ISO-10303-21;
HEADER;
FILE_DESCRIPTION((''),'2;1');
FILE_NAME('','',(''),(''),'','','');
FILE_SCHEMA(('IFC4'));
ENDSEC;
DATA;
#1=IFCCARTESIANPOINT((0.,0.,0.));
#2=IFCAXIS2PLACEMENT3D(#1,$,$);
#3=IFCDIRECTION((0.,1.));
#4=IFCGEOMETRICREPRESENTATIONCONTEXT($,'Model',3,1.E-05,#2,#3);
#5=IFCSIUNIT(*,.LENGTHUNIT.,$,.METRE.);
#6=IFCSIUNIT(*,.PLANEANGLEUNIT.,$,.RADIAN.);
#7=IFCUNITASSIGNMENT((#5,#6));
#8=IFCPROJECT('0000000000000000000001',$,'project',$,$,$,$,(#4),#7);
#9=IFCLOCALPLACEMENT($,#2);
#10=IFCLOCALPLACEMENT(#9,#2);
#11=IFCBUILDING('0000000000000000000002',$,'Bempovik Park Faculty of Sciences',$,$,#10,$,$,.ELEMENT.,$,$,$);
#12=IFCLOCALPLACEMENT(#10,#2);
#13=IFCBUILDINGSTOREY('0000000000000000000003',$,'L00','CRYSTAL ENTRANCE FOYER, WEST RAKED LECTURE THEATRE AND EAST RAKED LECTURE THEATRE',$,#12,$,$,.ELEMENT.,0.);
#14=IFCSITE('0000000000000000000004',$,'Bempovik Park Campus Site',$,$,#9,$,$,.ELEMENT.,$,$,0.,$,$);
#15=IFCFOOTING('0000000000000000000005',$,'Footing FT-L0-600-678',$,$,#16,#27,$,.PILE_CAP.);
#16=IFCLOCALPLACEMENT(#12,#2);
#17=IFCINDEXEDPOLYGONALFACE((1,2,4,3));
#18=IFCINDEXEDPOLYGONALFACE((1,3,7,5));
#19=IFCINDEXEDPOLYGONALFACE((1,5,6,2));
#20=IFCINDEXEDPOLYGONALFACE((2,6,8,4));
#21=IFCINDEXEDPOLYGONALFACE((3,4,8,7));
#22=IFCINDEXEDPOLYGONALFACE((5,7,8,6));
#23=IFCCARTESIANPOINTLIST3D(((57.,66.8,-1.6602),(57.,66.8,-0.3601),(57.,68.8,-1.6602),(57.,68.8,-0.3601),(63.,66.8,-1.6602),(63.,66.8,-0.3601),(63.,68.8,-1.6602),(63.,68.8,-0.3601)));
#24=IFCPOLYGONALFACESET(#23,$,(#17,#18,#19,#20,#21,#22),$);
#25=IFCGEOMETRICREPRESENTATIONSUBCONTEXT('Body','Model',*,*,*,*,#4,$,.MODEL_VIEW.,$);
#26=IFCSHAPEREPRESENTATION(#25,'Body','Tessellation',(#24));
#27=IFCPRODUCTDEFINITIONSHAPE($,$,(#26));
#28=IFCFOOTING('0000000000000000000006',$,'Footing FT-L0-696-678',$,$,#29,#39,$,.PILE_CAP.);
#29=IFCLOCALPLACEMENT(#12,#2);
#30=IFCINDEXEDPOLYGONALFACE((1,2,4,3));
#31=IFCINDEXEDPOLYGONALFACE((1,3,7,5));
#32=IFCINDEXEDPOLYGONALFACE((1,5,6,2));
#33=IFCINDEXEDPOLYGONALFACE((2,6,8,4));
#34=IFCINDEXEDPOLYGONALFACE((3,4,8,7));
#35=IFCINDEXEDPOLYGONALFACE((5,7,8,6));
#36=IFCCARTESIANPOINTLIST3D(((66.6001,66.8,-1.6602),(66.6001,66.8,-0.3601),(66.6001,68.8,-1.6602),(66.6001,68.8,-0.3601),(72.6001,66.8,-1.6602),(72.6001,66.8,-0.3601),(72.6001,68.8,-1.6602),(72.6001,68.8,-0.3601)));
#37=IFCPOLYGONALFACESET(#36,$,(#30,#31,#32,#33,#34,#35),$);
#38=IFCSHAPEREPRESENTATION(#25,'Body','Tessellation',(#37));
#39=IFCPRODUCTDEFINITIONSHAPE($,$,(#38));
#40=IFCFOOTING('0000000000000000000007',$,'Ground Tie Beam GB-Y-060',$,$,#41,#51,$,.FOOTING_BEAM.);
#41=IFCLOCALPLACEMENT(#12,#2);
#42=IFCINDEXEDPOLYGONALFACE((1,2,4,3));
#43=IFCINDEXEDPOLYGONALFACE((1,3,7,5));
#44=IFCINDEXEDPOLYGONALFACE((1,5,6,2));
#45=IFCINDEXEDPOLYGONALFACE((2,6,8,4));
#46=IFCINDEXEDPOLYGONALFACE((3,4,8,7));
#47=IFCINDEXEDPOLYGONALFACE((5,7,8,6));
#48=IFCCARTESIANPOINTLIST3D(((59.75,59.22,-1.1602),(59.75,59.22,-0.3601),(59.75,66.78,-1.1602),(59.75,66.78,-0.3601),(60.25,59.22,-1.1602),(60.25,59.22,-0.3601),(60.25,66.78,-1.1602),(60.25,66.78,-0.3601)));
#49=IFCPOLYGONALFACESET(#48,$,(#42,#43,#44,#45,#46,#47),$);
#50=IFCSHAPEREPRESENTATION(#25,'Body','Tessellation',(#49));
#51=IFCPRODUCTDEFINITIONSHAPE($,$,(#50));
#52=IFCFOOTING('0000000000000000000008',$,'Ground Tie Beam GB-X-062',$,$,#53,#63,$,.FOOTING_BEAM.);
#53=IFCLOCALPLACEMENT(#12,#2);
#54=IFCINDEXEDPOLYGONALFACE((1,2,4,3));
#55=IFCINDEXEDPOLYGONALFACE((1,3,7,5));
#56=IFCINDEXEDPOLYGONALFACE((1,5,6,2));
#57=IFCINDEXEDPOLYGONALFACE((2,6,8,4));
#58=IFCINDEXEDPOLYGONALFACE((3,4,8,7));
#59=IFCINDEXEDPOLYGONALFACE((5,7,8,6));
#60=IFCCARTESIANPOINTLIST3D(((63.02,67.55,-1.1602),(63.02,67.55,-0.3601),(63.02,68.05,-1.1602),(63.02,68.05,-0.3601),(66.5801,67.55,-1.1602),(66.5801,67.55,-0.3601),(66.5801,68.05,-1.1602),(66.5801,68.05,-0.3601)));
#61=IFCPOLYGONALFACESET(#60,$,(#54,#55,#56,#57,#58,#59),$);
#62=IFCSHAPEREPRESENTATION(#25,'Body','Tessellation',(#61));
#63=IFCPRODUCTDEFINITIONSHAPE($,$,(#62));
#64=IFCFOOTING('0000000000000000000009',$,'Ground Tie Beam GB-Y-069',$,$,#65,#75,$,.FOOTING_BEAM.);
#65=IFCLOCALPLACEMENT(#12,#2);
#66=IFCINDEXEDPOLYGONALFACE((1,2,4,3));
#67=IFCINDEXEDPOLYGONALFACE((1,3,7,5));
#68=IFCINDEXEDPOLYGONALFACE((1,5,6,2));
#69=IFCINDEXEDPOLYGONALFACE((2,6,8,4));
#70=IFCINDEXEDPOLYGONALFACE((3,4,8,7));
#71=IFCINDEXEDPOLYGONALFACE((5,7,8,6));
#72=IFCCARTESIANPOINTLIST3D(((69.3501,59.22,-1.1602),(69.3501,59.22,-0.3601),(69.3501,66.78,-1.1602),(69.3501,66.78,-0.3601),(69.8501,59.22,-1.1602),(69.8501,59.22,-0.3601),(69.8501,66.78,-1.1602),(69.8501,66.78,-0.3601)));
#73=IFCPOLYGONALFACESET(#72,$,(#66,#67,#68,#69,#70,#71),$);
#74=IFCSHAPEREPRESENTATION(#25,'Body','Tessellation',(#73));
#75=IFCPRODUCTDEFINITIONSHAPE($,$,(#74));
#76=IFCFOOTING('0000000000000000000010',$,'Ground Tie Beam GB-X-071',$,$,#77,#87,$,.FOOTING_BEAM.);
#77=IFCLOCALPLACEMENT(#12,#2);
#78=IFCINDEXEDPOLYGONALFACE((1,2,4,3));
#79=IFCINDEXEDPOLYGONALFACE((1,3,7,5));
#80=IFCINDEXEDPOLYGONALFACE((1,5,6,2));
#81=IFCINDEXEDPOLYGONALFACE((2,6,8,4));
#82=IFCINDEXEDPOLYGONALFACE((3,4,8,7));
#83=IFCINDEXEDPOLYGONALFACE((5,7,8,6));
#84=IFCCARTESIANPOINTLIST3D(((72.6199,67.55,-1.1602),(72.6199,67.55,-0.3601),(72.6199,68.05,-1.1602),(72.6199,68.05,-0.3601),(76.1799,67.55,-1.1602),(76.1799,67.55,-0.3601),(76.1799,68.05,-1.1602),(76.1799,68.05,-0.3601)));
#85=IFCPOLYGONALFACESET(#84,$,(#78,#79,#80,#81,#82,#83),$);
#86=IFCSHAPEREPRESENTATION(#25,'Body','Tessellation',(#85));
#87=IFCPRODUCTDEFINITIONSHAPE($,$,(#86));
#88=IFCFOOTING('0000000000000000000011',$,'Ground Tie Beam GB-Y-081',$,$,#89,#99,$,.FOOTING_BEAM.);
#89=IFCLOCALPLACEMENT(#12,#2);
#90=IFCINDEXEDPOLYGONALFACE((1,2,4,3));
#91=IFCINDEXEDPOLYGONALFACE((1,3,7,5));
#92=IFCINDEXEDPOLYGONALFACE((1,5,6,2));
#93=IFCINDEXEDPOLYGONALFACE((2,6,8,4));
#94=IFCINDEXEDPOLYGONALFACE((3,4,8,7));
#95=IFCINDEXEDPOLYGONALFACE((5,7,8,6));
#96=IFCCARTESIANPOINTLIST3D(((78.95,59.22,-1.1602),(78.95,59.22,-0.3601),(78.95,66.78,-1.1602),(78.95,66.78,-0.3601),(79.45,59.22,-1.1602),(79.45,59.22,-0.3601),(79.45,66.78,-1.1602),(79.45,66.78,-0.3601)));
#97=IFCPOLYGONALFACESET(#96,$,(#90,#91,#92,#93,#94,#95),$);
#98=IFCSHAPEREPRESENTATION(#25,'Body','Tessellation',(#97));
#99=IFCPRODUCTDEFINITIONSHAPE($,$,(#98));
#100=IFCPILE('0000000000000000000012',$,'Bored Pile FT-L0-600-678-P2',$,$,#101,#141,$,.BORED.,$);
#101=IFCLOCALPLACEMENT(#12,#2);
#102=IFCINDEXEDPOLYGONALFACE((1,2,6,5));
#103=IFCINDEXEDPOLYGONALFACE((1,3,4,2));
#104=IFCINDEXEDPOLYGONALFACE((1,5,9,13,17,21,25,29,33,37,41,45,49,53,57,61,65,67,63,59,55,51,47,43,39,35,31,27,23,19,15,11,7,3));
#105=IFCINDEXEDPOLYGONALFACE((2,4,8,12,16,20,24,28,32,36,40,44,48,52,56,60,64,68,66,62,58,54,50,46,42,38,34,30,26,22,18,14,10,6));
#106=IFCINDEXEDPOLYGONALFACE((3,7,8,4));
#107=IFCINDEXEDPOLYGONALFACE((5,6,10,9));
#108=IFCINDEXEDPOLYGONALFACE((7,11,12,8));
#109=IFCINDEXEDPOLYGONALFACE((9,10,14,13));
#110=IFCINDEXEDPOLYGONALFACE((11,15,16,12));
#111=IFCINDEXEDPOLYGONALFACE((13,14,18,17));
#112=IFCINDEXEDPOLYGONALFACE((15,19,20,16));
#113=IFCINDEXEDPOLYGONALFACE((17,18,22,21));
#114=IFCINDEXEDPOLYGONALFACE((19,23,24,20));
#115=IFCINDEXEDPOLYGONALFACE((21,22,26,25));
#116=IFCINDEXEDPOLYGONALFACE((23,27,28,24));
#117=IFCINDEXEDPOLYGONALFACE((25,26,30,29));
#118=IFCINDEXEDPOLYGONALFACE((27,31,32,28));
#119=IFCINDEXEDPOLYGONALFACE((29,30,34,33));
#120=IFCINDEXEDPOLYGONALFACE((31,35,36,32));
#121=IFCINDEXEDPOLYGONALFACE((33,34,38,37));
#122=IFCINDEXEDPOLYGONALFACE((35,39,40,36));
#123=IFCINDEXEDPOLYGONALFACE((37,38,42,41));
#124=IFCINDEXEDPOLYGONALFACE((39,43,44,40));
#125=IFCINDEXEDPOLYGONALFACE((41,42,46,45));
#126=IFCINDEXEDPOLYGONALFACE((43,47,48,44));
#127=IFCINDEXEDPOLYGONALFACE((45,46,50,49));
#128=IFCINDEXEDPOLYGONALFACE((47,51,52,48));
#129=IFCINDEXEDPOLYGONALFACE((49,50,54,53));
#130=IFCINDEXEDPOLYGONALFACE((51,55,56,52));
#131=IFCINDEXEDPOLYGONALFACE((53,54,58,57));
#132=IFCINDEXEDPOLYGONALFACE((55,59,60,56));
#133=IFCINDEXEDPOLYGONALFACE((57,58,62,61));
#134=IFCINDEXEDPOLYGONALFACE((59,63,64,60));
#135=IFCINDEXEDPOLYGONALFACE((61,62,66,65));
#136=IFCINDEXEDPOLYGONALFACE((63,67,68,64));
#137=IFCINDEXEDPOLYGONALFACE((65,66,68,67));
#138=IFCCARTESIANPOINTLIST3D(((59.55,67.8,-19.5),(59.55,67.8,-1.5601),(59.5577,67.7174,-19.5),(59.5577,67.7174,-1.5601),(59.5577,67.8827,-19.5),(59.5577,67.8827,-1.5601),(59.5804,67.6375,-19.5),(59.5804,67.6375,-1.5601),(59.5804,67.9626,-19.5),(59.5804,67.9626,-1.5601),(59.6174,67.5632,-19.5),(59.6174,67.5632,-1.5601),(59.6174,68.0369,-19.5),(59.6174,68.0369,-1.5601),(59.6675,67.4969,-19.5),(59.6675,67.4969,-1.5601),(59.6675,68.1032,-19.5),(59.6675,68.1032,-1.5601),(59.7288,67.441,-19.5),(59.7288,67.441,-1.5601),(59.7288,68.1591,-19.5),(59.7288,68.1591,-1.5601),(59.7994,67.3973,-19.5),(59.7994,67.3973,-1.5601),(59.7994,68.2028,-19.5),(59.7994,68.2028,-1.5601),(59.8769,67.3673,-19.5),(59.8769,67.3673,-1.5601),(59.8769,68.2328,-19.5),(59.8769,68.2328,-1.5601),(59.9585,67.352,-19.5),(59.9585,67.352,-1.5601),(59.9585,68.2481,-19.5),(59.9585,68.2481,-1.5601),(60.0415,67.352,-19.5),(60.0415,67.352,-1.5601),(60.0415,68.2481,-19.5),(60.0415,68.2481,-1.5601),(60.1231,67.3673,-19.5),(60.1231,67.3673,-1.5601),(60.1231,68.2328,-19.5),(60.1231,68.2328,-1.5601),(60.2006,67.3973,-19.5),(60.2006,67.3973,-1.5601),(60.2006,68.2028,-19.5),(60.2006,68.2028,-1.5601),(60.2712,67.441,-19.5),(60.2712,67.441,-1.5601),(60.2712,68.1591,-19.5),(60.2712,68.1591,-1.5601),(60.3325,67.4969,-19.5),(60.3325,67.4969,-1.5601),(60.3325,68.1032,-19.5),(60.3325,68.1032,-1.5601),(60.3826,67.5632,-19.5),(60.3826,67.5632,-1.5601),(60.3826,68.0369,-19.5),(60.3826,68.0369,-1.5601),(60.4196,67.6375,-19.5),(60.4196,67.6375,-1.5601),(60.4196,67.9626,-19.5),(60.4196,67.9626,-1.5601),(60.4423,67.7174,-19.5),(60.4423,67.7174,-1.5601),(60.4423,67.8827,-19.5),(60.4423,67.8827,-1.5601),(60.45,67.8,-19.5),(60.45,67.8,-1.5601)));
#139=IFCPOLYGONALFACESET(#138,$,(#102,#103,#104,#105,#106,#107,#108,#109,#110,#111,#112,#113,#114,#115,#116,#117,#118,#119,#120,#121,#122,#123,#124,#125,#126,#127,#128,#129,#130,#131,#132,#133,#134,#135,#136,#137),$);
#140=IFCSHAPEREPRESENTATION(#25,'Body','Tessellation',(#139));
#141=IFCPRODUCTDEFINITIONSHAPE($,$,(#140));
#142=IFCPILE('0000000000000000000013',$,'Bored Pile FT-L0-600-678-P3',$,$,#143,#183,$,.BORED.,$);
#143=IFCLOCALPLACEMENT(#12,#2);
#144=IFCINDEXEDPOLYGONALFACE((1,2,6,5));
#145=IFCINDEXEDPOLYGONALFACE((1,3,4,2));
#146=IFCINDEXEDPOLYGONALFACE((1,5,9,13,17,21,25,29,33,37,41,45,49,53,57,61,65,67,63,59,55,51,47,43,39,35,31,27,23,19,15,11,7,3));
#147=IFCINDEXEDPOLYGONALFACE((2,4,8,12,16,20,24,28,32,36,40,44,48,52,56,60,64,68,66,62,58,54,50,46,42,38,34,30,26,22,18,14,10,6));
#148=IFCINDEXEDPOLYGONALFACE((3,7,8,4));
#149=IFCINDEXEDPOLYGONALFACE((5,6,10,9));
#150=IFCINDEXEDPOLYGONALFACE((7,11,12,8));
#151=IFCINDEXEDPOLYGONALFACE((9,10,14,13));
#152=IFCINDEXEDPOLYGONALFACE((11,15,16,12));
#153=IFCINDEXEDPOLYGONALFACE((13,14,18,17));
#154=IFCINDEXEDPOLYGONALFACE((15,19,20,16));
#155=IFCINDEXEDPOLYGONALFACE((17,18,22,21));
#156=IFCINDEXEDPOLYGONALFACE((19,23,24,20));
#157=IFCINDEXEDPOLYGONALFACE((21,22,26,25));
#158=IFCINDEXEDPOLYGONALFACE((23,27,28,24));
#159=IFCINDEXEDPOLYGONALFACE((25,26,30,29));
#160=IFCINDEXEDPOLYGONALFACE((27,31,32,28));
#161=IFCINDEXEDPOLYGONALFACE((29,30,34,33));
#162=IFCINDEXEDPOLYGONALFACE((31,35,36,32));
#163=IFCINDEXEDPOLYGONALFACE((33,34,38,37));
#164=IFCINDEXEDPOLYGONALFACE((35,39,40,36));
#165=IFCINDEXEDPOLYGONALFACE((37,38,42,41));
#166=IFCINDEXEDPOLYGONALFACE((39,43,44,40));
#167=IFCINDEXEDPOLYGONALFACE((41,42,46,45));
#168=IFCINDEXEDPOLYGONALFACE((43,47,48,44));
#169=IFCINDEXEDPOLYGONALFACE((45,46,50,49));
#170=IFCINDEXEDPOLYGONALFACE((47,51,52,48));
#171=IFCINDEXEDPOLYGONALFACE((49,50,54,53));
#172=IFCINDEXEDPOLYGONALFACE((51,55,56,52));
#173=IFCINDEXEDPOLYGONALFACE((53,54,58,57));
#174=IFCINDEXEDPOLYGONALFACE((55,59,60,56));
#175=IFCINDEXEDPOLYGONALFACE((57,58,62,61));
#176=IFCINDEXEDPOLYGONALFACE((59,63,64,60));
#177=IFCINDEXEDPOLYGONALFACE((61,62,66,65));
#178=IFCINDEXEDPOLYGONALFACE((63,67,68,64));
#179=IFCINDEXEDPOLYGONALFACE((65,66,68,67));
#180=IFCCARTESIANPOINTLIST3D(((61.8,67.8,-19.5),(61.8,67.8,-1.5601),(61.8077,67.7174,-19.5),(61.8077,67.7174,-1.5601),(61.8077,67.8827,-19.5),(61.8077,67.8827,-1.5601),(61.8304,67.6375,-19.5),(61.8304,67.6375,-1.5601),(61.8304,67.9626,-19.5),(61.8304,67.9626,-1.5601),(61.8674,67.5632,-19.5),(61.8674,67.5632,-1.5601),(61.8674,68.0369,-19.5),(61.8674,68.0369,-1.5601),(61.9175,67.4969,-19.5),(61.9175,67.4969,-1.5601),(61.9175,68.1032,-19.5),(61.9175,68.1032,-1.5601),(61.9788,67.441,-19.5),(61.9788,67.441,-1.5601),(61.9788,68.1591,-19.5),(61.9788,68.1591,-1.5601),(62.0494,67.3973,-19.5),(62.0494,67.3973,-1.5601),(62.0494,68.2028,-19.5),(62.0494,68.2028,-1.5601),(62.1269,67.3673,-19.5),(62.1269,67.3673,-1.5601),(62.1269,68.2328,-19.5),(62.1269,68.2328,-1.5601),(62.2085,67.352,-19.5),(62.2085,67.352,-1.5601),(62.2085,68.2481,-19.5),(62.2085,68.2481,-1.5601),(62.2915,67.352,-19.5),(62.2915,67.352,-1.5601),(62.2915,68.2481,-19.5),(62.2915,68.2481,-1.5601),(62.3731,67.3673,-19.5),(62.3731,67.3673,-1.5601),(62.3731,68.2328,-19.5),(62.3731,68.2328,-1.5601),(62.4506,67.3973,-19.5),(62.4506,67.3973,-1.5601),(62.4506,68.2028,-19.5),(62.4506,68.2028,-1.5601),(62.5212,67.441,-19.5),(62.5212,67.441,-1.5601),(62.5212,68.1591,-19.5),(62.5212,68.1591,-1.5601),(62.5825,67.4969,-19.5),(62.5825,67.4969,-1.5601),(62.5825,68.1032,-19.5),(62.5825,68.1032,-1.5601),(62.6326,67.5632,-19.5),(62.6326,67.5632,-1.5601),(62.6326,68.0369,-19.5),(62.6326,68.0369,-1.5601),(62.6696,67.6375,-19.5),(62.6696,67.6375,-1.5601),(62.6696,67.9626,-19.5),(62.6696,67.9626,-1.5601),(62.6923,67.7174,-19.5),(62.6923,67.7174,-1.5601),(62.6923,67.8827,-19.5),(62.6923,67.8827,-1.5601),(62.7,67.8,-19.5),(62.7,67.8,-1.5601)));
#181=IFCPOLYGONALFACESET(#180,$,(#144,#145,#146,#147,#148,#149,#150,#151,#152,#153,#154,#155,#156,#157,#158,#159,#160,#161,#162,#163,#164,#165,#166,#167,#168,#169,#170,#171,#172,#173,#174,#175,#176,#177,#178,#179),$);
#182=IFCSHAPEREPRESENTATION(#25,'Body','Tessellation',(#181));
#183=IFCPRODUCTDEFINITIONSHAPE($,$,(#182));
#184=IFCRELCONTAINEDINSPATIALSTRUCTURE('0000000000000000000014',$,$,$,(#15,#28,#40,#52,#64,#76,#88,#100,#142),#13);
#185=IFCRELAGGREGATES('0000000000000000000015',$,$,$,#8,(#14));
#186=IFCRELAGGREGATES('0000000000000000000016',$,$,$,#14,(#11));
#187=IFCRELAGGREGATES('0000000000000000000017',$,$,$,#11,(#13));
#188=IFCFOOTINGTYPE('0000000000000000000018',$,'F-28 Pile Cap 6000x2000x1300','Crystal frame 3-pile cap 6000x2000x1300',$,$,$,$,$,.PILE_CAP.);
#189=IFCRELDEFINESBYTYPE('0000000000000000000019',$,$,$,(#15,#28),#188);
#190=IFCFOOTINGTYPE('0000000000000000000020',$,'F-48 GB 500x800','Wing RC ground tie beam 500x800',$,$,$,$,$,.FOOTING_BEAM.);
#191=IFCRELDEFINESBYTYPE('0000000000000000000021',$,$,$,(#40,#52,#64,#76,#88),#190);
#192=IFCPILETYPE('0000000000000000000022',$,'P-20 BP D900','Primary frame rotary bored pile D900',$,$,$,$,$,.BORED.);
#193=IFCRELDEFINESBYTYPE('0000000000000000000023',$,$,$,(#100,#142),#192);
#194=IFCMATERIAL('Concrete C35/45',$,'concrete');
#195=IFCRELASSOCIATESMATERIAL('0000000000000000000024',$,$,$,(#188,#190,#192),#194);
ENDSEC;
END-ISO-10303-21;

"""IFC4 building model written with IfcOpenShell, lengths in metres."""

from ifc_helpers import new_model, si_unit, direction, frame, origin, origin_2d, place, context, subcontext, project, spatial, rectangle, circle, extrude, material, material_profile, profile_set, type_object, element, save


model = new_model("IFC4")

# Units and contexts
model_context = context("Model", 3, precision=1e-05, world=origin(), true_north=direction((0.0, 1.0)))
body_context = subcontext(model_context, "Body", "Model", "MODEL_VIEW")
ifc_project = project(units=[si_unit("LENGTHUNIT", "METRE"), si_unit("PLANEANGLEUNIT", "RADIAN")], contexts=[model_context])

# Site, building, storey
site_placement = place(None, origin())
site = spatial("IfcSite", under=ifc_project, at=site_placement, Name="Bempovik Park Campus Site", CompositionType="ELEMENT", RefElevation=0.0)
building_placement = place(site_placement, origin())
building = spatial("IfcBuilding", under=site, at=building_placement, Name="Bempovik Park Faculty of Sciences", CompositionType="ELEMENT")
storey_placement = place(building_placement, origin())
storey = spatial("IfcBuildingStorey", under=building, at=storey_placement, Name="L00", Description="CRYSTAL ENTRANCE FOYER, WEST RAKED LECTURE THEATRE AND EAST RAKED LECTURE THEATRE", CompositionType="ELEMENT", Elevation=0.0)

# Footings
ifc_material_1 = material(Name="Concrete C35/45", Category="concrete")
footing_type_1 = type_object("IfcFootingType", Name="F-28 Pile Cap 6000x2000x1300", Description="Crystal frame 3-pile cap 6000x2000x1300", PredefinedType="PILE_CAP", material=ifc_material_1)
for number, where, z_axis, x_axis, name in (
    (1, (60.0, 67.8, -1.6602), (0.0, 0.0, 1.0), (1.0, 0.0, 0.0), "Footing FT-L0-600-678"),
    (2, (69.6001, 67.8, -1.6602), (0.0, 0.0, 1.0), (1.0, 0.0, 0.0), "Footing FT-L0-696-678"),
):
    element("IfcFooting", number, at=place(storey_placement, frame(where, z_axis=z_axis, x_axis=x_axis)), inside=storey, type_object=footing_type_1, Name=name, PredefinedType="PILE_CAP", context=body_context, shape_type="SweptSolid", body=[
        extrude(rectangle(XDim=6.0, YDim=2.0, at=origin_2d()), origin(), (0.0, 0.0, 1.0), 1.3),
    ])
footing_type_2 = type_object("IfcFootingType", Name="F-48 GB 500x800", Description="Wing RC ground tie beam 500x800", PredefinedType="FOOTING_BEAM", material=ifc_material_1)
footing_1_placement = place(storey_placement, frame((60.0, 63.0, -1.1602), z_axis=(0.0, 0.0, 1.0), x_axis=(1.0, 0.0, 0.0)))
element("IfcFooting", 3, at=footing_1_placement, inside=storey, type_object=footing_type_2, Name="Ground Tie Beam GB-Y-060", PredefinedType="FOOTING_BEAM", context=body_context, shape_type="SweptSolid", body=[
    extrude(rectangle(XDim=0.5, YDim=7.5601, at=origin_2d()), origin(), (0.0, 0.0, 1.0), 0.8),
])
footing_2_placement = place(storey_placement, frame((64.8, 67.8, -1.1602), z_axis=(0.0, 0.0, 1.0), x_axis=(1.0, 0.0, 0.0)))
element("IfcFooting", 4, at=footing_2_placement, inside=storey, type_object=footing_type_2, Name="Ground Tie Beam GB-X-062", PredefinedType="FOOTING_BEAM", context=body_context, shape_type="SweptSolid", body=[
    extrude(rectangle(XDim=3.5601, YDim=0.5, at=origin_2d()), origin(), (0.0, 0.0, 1.0), 0.8),
])
footing_3_placement = place(storey_placement, frame((69.6001, 63.0, -1.1602), z_axis=(0.0, 0.0, 1.0), x_axis=(1.0, 0.0, 0.0)))
element("IfcFooting", 5, at=footing_3_placement, inside=storey, type_object=footing_type_2, Name="Ground Tie Beam GB-Y-069", PredefinedType="FOOTING_BEAM", context=body_context, shape_type="SweptSolid", body=[
    extrude(rectangle(XDim=0.5, YDim=7.5601, at=origin_2d()), origin(), (0.0, 0.0, 1.0), 0.8),
])
footing_4_placement = place(storey_placement, frame((74.3999, 67.8, -1.1602), z_axis=(0.0, 0.0, 1.0), x_axis=(1.0, 0.0, 0.0)))
element("IfcFooting", 6, at=footing_4_placement, inside=storey, type_object=footing_type_2, Name="Ground Tie Beam GB-X-071", PredefinedType="FOOTING_BEAM", context=body_context, shape_type="SweptSolid", body=[
    extrude(rectangle(XDim=3.5601, YDim=0.5, at=origin_2d()), origin(), (0.0, 0.0, 1.0), 0.8),
])
footing_5_placement = place(storey_placement, frame((79.2, 63.0, -1.1602), z_axis=(0.0, 0.0, 1.0), x_axis=(1.0, 0.0, 0.0)))
element("IfcFooting", 7, at=footing_5_placement, inside=storey, type_object=footing_type_2, Name="Ground Tie Beam GB-Y-081", PredefinedType="FOOTING_BEAM", context=body_context, shape_type="SweptSolid", body=[
    extrude(rectangle(XDim=0.5, YDim=7.5601, at=origin_2d()), origin(), (0.0, 0.0, 1.0), 0.8),
])

# Piles
ifc_material_profile_1 = material_profile(ifc_material_1, circle(Radius=0.45, at=origin_2d()), Name="BP D900")
ifc_profile_set_1 = profile_set([ifc_material_profile_1], Name="Concrete C35/45")
pile_type = type_object("IfcPileType", Name="P-20 BP D900", Description="Primary frame rotary bored pile D900", PredefinedType="BORED", material=ifc_profile_set_1)
for number, where, z_axis, x_axis, name in (
    (8, (60.0, 67.8, -1.5601), (0.0, 0.0, -1.0), (1.0, 0.0, 0.0), "Bored Pile FT-L0-600-678-P2"),
    (9, (62.25, 67.8, -1.5601), (0.0, 0.0, -1.0), (1.0, 0.0, 0.0), "Bored Pile FT-L0-600-678-P3"),
):
    element("IfcPile", number, at=place(storey_placement, frame(where, z_axis=z_axis, x_axis=x_axis)), inside=storey, type_object=pile_type, Name=name, PredefinedType="BORED", context=body_context, shape_type="SweptSolid", body=[
        extrude(circle(Radius=0.45, at=origin_2d()), origin(), (0.0, 0.0, 1.0), 17.9399),
    ])

save(model, "model.ifc")
